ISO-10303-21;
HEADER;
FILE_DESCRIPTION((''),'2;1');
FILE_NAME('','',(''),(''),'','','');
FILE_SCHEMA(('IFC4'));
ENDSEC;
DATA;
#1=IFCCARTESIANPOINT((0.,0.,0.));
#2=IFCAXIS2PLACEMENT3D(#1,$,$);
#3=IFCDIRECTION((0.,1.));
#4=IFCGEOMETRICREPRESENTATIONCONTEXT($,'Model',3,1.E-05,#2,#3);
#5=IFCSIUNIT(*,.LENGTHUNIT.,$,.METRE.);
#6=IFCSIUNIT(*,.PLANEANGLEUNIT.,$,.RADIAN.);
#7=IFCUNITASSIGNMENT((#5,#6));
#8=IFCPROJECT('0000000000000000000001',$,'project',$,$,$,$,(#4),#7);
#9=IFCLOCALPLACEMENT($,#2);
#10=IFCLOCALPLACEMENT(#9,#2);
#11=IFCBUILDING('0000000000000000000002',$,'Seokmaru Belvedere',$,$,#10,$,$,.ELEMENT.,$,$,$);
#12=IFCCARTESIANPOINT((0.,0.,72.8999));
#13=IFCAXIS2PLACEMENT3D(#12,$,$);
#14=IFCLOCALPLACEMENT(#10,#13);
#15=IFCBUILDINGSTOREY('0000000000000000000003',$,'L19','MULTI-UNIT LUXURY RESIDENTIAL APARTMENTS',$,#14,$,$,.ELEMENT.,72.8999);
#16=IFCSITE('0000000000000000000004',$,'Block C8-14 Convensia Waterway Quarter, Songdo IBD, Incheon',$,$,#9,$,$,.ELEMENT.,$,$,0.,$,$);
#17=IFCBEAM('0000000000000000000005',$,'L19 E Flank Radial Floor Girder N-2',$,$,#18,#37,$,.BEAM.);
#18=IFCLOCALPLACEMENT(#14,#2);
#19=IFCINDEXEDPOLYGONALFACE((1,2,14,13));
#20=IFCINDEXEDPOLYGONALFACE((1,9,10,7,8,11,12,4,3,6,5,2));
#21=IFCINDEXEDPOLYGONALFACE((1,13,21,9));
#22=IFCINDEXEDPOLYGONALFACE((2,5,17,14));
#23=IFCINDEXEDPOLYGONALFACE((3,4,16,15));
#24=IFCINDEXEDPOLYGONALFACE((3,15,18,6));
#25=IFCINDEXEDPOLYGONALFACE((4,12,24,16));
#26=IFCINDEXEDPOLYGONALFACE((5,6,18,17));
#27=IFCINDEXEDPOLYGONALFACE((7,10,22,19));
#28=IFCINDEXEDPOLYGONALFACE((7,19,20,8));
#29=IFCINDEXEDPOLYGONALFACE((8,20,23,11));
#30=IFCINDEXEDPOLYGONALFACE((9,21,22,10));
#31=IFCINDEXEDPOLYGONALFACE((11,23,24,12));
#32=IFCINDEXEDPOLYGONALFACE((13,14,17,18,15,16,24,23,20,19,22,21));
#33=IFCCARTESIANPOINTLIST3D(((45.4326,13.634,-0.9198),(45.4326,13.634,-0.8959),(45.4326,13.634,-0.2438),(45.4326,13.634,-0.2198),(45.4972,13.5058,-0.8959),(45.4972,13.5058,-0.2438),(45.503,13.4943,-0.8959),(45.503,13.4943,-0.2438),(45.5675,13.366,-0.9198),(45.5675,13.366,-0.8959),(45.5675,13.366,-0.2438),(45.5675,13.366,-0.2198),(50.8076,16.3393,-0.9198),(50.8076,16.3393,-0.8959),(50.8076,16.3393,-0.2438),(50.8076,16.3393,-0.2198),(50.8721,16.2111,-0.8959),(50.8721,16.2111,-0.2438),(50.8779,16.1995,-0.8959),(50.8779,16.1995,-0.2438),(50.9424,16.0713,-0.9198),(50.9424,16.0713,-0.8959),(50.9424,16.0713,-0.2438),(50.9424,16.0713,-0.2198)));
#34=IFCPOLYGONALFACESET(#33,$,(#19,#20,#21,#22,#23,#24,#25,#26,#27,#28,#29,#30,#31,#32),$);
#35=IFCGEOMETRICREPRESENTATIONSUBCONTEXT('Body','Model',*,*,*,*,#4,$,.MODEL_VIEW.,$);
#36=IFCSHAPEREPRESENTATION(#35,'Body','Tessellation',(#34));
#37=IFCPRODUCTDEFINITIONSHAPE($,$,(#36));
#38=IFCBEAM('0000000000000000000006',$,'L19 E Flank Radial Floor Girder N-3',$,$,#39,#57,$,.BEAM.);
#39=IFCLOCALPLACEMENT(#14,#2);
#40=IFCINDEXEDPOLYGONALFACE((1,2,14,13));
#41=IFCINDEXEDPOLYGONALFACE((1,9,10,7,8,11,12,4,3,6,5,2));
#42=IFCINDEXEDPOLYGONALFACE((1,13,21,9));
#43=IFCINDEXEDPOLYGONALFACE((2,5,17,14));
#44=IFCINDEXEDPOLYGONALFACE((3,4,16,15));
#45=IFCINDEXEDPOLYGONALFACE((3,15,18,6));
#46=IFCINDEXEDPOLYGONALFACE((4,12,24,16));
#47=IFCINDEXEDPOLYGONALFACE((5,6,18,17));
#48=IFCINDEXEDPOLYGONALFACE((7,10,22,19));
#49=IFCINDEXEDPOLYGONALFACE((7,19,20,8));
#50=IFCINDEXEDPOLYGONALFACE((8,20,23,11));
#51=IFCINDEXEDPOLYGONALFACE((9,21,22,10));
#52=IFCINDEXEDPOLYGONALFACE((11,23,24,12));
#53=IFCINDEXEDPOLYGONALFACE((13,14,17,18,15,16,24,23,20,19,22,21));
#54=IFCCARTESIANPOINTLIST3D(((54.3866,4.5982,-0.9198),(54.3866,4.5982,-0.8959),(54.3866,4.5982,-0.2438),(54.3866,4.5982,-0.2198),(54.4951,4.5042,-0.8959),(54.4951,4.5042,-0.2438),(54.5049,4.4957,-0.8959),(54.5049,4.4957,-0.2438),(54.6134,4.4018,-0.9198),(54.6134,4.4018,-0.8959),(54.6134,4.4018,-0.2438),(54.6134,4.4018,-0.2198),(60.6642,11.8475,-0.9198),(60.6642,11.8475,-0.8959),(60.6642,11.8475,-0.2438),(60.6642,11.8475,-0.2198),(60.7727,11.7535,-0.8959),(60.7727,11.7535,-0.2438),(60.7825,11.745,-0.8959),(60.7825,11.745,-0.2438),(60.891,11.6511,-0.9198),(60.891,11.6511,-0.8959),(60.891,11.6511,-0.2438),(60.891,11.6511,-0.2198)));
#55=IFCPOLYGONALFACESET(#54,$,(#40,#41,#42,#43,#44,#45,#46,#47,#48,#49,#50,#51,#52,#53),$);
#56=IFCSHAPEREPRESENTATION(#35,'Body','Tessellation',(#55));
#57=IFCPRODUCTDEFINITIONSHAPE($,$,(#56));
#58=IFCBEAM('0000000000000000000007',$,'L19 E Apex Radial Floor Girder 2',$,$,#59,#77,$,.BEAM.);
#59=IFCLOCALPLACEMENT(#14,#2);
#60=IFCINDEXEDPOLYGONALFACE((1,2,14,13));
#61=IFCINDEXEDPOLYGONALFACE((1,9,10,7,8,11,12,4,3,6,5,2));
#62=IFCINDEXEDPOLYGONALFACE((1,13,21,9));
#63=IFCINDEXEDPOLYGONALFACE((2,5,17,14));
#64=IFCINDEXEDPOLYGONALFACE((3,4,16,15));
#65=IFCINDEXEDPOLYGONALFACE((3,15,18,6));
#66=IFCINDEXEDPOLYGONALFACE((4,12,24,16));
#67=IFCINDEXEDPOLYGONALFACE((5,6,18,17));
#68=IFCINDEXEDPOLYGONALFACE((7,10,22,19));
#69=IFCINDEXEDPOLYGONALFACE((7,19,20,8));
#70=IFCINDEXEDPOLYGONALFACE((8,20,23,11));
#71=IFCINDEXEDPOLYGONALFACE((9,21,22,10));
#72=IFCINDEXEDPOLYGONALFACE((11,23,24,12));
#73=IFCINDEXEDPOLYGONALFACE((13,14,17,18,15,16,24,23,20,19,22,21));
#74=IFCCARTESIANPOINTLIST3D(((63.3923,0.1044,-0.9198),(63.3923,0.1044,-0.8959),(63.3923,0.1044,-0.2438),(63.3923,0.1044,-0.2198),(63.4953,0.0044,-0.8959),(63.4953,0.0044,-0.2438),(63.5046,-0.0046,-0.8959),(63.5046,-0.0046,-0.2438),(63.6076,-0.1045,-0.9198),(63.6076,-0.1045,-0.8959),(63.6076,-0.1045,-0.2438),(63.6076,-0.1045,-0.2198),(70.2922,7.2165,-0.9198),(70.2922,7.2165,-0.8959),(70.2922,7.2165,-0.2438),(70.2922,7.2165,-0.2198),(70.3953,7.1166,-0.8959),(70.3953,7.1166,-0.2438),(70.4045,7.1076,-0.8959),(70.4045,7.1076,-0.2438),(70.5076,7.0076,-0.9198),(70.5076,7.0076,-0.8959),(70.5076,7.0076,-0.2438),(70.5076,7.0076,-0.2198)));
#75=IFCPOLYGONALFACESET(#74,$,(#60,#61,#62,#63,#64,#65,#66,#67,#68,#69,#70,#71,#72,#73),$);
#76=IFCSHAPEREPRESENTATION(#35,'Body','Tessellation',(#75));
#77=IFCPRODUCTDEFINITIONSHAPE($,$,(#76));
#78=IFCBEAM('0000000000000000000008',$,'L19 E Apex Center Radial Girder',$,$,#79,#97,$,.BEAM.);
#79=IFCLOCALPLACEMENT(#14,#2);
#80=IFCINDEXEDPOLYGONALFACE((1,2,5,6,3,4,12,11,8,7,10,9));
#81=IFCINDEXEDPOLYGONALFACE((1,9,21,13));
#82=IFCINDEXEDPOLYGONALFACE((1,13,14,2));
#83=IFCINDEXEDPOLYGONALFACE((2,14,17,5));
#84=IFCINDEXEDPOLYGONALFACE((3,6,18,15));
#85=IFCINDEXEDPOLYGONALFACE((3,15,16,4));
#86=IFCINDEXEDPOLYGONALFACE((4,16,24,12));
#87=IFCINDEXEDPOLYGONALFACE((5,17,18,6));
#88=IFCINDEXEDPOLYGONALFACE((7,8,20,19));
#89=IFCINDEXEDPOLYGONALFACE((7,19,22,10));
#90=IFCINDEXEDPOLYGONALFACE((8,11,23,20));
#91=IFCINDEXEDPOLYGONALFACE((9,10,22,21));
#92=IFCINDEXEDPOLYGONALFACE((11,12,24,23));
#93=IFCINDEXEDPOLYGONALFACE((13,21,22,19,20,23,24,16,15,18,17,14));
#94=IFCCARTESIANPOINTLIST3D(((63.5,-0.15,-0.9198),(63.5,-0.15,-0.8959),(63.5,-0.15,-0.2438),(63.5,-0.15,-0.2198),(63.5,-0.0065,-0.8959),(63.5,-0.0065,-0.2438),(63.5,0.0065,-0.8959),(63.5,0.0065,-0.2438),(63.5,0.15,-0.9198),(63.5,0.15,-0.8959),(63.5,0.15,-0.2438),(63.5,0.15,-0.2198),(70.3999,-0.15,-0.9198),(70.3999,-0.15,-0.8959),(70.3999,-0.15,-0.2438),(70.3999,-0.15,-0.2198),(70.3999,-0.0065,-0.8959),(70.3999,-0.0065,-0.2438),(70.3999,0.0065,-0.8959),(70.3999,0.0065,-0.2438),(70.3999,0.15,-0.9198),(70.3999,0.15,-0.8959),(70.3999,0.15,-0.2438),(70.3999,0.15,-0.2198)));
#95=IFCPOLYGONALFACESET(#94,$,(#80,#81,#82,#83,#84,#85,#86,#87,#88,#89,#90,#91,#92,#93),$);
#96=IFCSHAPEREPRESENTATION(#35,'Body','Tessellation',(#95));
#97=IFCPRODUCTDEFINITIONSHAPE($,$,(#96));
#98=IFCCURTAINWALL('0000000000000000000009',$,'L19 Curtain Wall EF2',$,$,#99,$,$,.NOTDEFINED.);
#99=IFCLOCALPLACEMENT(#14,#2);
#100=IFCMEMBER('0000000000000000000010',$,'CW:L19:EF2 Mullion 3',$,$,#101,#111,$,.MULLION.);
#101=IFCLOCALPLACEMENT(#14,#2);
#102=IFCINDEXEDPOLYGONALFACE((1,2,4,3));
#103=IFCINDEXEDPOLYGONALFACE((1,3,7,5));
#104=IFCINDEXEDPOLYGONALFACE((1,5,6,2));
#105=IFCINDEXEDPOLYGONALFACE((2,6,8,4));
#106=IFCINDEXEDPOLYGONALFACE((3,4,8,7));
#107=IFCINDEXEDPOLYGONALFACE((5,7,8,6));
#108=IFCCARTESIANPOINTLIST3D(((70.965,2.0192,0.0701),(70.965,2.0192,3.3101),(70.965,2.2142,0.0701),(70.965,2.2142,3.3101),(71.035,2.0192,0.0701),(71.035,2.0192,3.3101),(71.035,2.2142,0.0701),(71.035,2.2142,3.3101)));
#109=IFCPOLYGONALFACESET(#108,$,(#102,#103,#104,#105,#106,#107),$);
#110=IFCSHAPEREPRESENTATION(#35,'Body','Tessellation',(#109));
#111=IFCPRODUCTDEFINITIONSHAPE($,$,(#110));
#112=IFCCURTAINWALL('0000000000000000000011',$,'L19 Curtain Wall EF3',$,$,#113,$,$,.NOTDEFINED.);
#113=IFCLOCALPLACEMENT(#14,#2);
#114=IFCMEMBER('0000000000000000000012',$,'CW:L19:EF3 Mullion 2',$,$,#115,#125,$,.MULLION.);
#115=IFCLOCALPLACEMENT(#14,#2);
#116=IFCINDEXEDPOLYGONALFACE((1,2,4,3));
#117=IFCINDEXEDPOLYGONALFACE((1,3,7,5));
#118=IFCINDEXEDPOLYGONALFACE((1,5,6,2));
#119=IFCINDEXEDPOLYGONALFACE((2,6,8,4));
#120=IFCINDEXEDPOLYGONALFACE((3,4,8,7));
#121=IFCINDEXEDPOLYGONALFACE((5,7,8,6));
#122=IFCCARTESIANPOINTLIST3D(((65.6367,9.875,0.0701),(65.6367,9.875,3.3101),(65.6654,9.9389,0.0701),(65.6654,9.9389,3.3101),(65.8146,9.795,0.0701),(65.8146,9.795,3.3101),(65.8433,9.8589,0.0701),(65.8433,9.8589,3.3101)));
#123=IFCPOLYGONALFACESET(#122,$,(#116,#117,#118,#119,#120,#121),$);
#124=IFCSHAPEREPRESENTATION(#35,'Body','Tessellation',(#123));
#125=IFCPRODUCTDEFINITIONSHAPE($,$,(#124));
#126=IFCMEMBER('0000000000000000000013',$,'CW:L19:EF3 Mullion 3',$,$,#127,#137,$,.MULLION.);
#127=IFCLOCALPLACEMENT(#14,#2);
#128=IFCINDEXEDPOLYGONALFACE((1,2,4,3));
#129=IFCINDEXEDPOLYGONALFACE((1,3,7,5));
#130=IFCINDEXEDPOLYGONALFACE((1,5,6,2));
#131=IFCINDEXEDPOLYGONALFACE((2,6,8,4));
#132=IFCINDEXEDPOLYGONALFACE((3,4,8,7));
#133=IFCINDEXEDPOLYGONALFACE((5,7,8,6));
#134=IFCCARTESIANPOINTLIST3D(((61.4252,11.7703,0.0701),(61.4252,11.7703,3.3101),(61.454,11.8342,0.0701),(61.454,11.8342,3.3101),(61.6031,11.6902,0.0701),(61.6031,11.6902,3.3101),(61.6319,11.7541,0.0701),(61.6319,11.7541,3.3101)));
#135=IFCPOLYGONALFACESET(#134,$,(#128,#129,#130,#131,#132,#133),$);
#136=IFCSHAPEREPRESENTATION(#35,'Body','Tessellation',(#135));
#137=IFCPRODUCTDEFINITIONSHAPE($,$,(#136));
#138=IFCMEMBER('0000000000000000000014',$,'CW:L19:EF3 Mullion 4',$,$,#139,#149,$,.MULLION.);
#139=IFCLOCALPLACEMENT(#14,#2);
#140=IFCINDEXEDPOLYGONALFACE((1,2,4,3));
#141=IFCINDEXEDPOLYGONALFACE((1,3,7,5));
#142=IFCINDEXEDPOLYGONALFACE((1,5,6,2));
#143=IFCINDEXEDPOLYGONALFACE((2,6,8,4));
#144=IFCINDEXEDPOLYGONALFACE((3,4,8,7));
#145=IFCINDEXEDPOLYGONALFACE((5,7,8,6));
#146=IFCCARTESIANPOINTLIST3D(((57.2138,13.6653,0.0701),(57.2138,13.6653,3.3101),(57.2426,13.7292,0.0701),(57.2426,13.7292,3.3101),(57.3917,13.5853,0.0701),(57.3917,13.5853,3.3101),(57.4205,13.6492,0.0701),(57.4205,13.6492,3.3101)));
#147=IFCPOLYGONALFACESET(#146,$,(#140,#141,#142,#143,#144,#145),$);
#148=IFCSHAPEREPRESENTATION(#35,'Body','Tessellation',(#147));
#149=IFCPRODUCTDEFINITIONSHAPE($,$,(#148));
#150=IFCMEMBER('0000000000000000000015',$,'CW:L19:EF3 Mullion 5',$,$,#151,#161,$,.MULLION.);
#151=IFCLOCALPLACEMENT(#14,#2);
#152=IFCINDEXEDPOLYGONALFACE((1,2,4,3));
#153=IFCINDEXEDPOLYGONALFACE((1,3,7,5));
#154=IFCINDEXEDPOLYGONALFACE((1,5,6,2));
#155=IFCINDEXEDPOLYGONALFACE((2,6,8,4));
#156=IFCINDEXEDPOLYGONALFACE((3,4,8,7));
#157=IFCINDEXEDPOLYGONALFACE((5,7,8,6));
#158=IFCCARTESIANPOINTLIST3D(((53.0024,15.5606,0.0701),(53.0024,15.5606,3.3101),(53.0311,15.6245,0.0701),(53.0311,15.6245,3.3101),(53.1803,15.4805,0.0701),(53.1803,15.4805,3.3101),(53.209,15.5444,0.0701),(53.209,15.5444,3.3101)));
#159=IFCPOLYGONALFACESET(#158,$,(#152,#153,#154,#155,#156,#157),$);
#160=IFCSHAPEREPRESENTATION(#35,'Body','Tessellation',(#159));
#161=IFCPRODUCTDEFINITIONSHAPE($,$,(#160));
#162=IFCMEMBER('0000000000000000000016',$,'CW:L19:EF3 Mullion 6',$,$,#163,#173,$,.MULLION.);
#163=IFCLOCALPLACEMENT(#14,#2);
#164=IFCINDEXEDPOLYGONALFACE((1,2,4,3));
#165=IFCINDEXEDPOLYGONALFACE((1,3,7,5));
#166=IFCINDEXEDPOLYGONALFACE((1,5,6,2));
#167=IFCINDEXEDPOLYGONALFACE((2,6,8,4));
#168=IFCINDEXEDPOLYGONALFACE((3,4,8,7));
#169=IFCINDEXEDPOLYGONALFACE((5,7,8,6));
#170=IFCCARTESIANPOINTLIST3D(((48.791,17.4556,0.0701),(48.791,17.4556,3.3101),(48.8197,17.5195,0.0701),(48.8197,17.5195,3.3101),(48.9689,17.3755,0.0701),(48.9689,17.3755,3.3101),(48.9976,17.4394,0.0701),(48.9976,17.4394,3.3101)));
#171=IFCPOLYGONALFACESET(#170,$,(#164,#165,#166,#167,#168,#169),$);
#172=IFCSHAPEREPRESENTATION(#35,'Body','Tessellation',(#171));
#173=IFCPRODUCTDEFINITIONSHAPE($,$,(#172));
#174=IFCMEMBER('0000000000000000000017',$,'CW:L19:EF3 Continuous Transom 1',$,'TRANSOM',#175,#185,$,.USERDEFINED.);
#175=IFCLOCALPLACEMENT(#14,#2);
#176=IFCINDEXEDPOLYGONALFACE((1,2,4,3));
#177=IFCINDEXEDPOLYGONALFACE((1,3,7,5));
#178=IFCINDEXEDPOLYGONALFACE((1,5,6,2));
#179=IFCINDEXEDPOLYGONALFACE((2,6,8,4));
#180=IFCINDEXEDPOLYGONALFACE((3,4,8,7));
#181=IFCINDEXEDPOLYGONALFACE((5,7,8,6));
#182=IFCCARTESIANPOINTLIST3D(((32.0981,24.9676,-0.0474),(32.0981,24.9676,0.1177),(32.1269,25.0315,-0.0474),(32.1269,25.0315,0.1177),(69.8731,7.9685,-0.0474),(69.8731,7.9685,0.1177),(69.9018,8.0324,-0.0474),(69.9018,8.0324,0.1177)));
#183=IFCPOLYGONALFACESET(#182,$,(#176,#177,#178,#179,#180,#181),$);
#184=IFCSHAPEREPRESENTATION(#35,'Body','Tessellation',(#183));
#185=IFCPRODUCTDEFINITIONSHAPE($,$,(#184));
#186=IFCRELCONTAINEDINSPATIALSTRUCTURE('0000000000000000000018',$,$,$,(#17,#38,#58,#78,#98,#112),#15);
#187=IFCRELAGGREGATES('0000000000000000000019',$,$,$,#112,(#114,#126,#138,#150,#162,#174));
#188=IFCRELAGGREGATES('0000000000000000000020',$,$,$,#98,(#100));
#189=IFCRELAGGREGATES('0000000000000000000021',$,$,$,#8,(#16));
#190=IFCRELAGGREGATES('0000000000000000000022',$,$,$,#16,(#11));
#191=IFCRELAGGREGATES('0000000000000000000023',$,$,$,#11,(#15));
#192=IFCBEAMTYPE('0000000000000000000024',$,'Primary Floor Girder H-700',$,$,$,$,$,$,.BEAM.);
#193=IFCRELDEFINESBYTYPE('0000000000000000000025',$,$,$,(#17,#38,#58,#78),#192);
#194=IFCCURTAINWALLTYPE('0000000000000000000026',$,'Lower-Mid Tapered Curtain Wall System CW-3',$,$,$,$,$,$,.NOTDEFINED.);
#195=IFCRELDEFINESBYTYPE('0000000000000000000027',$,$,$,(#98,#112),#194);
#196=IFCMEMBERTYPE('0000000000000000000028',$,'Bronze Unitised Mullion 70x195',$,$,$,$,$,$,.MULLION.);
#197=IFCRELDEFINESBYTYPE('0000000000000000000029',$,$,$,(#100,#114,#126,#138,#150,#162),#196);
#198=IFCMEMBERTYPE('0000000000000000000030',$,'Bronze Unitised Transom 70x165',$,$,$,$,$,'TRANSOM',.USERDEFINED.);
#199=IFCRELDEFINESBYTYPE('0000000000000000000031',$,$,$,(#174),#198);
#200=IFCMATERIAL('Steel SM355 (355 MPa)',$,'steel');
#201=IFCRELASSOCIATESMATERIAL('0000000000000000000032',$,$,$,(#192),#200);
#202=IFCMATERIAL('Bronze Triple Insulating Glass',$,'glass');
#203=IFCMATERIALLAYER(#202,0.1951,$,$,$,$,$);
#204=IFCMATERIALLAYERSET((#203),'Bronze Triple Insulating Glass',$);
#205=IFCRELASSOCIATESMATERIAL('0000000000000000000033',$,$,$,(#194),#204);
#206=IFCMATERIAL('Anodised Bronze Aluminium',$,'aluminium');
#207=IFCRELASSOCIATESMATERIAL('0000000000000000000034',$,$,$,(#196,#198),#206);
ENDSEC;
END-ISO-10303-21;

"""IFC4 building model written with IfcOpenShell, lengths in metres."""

from ifc_helpers import new_model, si_unit, direction, frame, origin, origin_2d, place, context, subcontext, project, spatial, rectangle, i_section, extrude, source, transform, mapped, material, layer, layer_set, material_profile, profile_set, type_object, type_shapes, element, aggregate, save


model = new_model("IFC4")

# Units and contexts
model_context = context("Model", 3, precision=1e-05, world=origin(), true_north=direction((0.0, 1.0)))
body_context = subcontext(model_context, "Body", "Model", "MODEL_VIEW")
ifc_project = project(units=[si_unit("LENGTHUNIT", "METRE"), si_unit("PLANEANGLEUNIT", "RADIAN")], contexts=[model_context])

# Site, building, storey
site_placement = place(None, origin())
site = spatial("IfcSite", under=ifc_project, at=site_placement, Name="Block C8-14 Convensia Waterway Quarter, Songdo IBD, Incheon", CompositionType="ELEMENT", RefElevation=0.0)
building_placement = place(site_placement, origin())
building = spatial("IfcBuilding", under=site, at=building_placement, Name="Seokmaru Belvedere", CompositionType="ELEMENT")
storey_placement = place(building_placement, frame((0.0, 0.0, 72.8999)))
storey = spatial("IfcBuildingStorey", under=building, at=storey_placement, Name="L19", Description="MULTI-UNIT LUXURY RESIDENTIAL APARTMENTS", CompositionType="ELEMENT", Elevation=72.8999)

# Shared definitions
ifc_material_1 = material(Name="Steel SM355 (355 MPa)", Category="steel")

# Beams
ifc_material_profile_1 = material_profile(ifc_material_1, i_section(OverallWidth=0.3, OverallDepth=0.7, WebThickness=0.0129, FlangeThickness=0.0239, at=origin_2d()), Name="H-700x300x13x24")
ifc_profile_set_1 = profile_set([ifc_material_profile_1], Name="Steel SM355 (355 MPa)")
beam_type_1 = type_object("IfcBeamType", Name="Primary Floor Girder H-700", PredefinedType="BEAM", material=ifc_profile_set_1)
shared_shape_1 = source(origin(), body_context, "Body", "SweptSolid", [
    extrude(i_section(OverallWidth=0.3, OverallDepth=0.7, WebThickness=0.0129, FlangeThickness=0.0239, at=origin_2d()), origin(), (0.0, 0.0, 1.0), 6.0173),
])
beam_1_placement = place(storey_placement, frame((50.875, 16.2053, -0.5698), z_axis=(-0.893239, -0.449581, 0.0), x_axis=(0.449581, -0.893239, 0.0)))
element("IfcBeam", 1, at=beam_1_placement, inside=storey, type_object=beam_type_1, Name="L19 E Flank Radial Floor Girder N-2", PredefinedType="BEAM", context=body_context, shape_type="MappedRepresentation", body=[
    mapped(shared_shape_1, transform((0.0, 0.0, 0.0), scale=1.0)),
])
shared_shape_2 = source(origin(), body_context, "Body", "SweptSolid", [
    extrude(i_section(OverallWidth=0.3, OverallDepth=0.7, WebThickness=0.0129, FlangeThickness=0.0239, at=origin_2d()), origin(), (0.0, 0.0, 1.0), 9.5896),
])
beam_2_placement = place(storey_placement, frame((60.7776, 11.7493, -0.5698), z_axis=(-0.654626, -0.755953, 0.0), x_axis=(0.755953, -0.654626, 0.0)))
element("IfcBeam", 2, at=beam_2_placement, inside=storey, type_object=beam_type_1, Name="L19 E Flank Radial Floor Girder N-3", PredefinedType="BEAM", context=body_context, shape_type="MappedRepresentation", body=[
    mapped(shared_shape_2, transform((0.0, 0.0, 0.0), scale=1.0)),
])
shared_shape_3 = source(origin(), body_context, "Body", "SweptSolid", [
    extrude(i_section(OverallWidth=0.3, OverallDepth=0.7, WebThickness=0.0129, FlangeThickness=0.0239, at=origin_2d()), origin(), (0.0, 0.0, 1.0), 9.9092),
])
beam_3_placement = place(storey_placement, frame((70.3999, 7.1121, -0.5698), z_axis=(-0.696321, -0.717731, 0.0), x_axis=(0.717731, -0.696321, 0.0)))
element("IfcBeam", 3, at=beam_3_placement, inside=storey, type_object=beam_type_1, Name="L19 E Apex Radial Floor Girder 2", PredefinedType="BEAM", context=body_context, shape_type="MappedRepresentation", body=[
    mapped(shared_shape_3, transform((0.0, 0.0, 0.0), scale=1.0)),
])
shared_shape_4 = source(origin(), body_context, "Body", "SweptSolid", [
    extrude(i_section(OverallWidth=0.3, OverallDepth=0.7, WebThickness=0.0129, FlangeThickness=0.0239, at=origin_2d()), origin(), (0.0, 0.0, 1.0), 6.8999),
])
beam_4_placement = place(storey_placement, frame((70.3999, 0.0, -0.5698), z_axis=(-1.0, 0.0, 0.0), x_axis=(0.0, -1.0, 0.0)))
element("IfcBeam", 4, at=beam_4_placement, inside=storey, type_object=beam_type_1, Name="L19 E Apex Center Radial Girder", PredefinedType="BEAM", context=body_context, shape_type="MappedRepresentation", body=[
    mapped(shared_shape_4, transform((0.0, 0.0, 0.0), scale=1.0)),
])

# Curtain wall, member
ifc_material_2 = material(Name="Bronze Triple Insulating Glass", Category="glass")
ifc_layer_1 = layer(ifc_material_2, 0.1951)
ifc_layer_set_1 = layer_set([ifc_layer_1], Name="Bronze Triple Insulating Glass")
curtain_wall_type = type_object("IfcCurtainWallType", Name="Lower-Mid Tapered Curtain Wall System CW-3", PredefinedType="NOTDEFINED", material=ifc_layer_set_1)
curtain_wall_1_placement = place(storey_placement, origin())
curtain_wall_1 = element("IfcCurtainWall", 5, at=curtain_wall_1_placement, inside=storey, type_object=curtain_wall_type, Name="L19 Curtain Wall EF2", PredefinedType="NOTDEFINED")
ifc_material_3 = material(Name="Anodised Bronze Aluminium", Category="aluminium")
ifc_material_profile_2 = material_profile(ifc_material_3, rectangle(XDim=0.0701, YDim=0.1951, at=origin_2d()), Name="CW-M-70x195")
ifc_profile_set_2 = profile_set([ifc_material_profile_2], Name="Anodised Bronze Aluminium")
member_type_1 = type_object("IfcMemberType", Name="Bronze Unitised Mullion 70x195", PredefinedType="MULLION", material=ifc_profile_set_2)
shared_shape_5 = source(origin(), body_context, "Body", "SweptSolid", [
    extrude(rectangle(XDim=0.0701, YDim=0.1951, at=origin_2d()), origin(), (0.0, 0.0, 1.0), 3.24),
])
member_1_placement = place(storey_placement, frame((71.0, 2.1167, 0.0701), z_axis=(0.0, 0.0, 1.0), x_axis=(-1.0, 0.0, 0.0)))
member_1 = element("IfcMember", 6, at=member_1_placement, type_object=member_type_1, Name="CW:L19:EF2 Mullion 3", PredefinedType="MULLION", context=body_context, shape_type="MappedRepresentation", body=[
    mapped(shared_shape_5, transform((0.0, 0.0, 0.0), scale=1.0)),
])

# Curtain wall, members
curtain_wall_2_placement = place(storey_placement, origin())
curtain_wall_2 = element("IfcCurtainWall", 7, at=curtain_wall_2_placement, inside=storey, type_object=curtain_wall_type, Name="L19 Curtain Wall EF3", PredefinedType="NOTDEFINED")
member_2_placement = place(storey_placement, frame((65.74, 9.8669, 0.0701), z_axis=(0.0, 0.0, 1.0), x_axis=(-0.410366, -0.911921, 0.0)))
member_2 = element("IfcMember", 8, at=member_2_placement, type_object=member_type_1, Name="CW:L19:EF3 Mullion 2", PredefinedType="MULLION", context=body_context, shape_type="MappedRepresentation", body=[
    mapped(shared_shape_5, transform((0.0, 0.0, 0.0), scale=1.0)),
])
member_3_placement = place(storey_placement, frame((61.5286, 11.7622, 0.0701), z_axis=(0.0, 0.0, 1.0), x_axis=(-0.410366, -0.911921, 0.0)))
member_3 = element("IfcMember", 9, at=member_3_placement, type_object=member_type_1, Name="CW:L19:EF3 Mullion 3", PredefinedType="MULLION", context=body_context, shape_type="MappedRepresentation", body=[
    mapped(shared_shape_5, transform((0.0, 0.0, 0.0), scale=1.0)),
])
member_4_placement = place(storey_placement, frame((57.3171, 13.6572, 0.0701), z_axis=(0.0, 0.0, 1.0), x_axis=(-0.410366, -0.911921, 0.0)))
member_4 = element("IfcMember", 10, at=member_4_placement, type_object=member_type_1, Name="CW:L19:EF3 Mullion 4", PredefinedType="MULLION", context=body_context, shape_type="MappedRepresentation", body=[
    mapped(shared_shape_5, transform((0.0, 0.0, 0.0), scale=1.0)),
])
member_5_placement = place(storey_placement, frame((53.1057, 15.5525, 0.0701), z_axis=(0.0, 0.0, 1.0), x_axis=(-0.410366, -0.911921, 0.0)))
member_5 = element("IfcMember", 11, at=member_5_placement, type_object=member_type_1, Name="CW:L19:EF3 Mullion 5", PredefinedType="MULLION", context=body_context, shape_type="MappedRepresentation", body=[
    mapped(shared_shape_5, transform((0.0, 0.0, 0.0), scale=1.0)),
])
member_6_placement = place(storey_placement, frame((48.8943, 17.4475, 0.0701), z_axis=(0.0, 0.0, 1.0), x_axis=(-0.410366, -0.911921, 0.0)))
member_6 = element("IfcMember", 12, at=member_6_placement, type_object=member_type_1, Name="CW:L19:EF3 Mullion 6", PredefinedType="MULLION", context=body_context, shape_type="MappedRepresentation", body=[
    mapped(shared_shape_5, transform((0.0, 0.0, 0.0), scale=1.0)),
])
ifc_material_profile_3 = material_profile(ifc_material_3, rectangle(XDim=0.0701, YDim=0.165, at=origin_2d()), Name="CW-T-70x165")
ifc_profile_set_3 = profile_set([ifc_material_profile_3], Name="Anodised Bronze Aluminium")
member_type_2 = type_object("IfcMemberType", Name="Bronze Unitised Transom 70x165", ElementType="TRANSOM", PredefinedType="USERDEFINED", material=ifc_profile_set_3)
shared_shape_6 = source(origin(), body_context, "Body", "SweptSolid", [
    extrude(rectangle(XDim=0.0701, YDim=0.165, at=origin_2d()), origin(), (0.0, 0.0, 1.0), 41.4236),
])
type_shapes(member_type_2, [shared_shape_6])
member_7_placement = place(storey_placement, frame((69.8875, 8.0005, 0.0352), z_axis=(-0.911919, 0.410371, 0.0), x_axis=(-0.410371, -0.911919, 0.0)))
member_7 = element("IfcMember", 13, at=member_7_placement, type_object=member_type_2, Name="CW:L19:EF3 Continuous Transom 1", ObjectType="TRANSOM", PredefinedType="USERDEFINED", context=body_context, shape_type="MappedRepresentation", body=[
    mapped(shared_shape_6, transform((0.0, 0.0, 0.0), scale=1.0)),
])

aggregate(curtain_wall_2, [member_2, member_3, member_4, member_5, member_6, member_7])
aggregate(curtain_wall_1, [member_1])

save(model, "model.ifc")
